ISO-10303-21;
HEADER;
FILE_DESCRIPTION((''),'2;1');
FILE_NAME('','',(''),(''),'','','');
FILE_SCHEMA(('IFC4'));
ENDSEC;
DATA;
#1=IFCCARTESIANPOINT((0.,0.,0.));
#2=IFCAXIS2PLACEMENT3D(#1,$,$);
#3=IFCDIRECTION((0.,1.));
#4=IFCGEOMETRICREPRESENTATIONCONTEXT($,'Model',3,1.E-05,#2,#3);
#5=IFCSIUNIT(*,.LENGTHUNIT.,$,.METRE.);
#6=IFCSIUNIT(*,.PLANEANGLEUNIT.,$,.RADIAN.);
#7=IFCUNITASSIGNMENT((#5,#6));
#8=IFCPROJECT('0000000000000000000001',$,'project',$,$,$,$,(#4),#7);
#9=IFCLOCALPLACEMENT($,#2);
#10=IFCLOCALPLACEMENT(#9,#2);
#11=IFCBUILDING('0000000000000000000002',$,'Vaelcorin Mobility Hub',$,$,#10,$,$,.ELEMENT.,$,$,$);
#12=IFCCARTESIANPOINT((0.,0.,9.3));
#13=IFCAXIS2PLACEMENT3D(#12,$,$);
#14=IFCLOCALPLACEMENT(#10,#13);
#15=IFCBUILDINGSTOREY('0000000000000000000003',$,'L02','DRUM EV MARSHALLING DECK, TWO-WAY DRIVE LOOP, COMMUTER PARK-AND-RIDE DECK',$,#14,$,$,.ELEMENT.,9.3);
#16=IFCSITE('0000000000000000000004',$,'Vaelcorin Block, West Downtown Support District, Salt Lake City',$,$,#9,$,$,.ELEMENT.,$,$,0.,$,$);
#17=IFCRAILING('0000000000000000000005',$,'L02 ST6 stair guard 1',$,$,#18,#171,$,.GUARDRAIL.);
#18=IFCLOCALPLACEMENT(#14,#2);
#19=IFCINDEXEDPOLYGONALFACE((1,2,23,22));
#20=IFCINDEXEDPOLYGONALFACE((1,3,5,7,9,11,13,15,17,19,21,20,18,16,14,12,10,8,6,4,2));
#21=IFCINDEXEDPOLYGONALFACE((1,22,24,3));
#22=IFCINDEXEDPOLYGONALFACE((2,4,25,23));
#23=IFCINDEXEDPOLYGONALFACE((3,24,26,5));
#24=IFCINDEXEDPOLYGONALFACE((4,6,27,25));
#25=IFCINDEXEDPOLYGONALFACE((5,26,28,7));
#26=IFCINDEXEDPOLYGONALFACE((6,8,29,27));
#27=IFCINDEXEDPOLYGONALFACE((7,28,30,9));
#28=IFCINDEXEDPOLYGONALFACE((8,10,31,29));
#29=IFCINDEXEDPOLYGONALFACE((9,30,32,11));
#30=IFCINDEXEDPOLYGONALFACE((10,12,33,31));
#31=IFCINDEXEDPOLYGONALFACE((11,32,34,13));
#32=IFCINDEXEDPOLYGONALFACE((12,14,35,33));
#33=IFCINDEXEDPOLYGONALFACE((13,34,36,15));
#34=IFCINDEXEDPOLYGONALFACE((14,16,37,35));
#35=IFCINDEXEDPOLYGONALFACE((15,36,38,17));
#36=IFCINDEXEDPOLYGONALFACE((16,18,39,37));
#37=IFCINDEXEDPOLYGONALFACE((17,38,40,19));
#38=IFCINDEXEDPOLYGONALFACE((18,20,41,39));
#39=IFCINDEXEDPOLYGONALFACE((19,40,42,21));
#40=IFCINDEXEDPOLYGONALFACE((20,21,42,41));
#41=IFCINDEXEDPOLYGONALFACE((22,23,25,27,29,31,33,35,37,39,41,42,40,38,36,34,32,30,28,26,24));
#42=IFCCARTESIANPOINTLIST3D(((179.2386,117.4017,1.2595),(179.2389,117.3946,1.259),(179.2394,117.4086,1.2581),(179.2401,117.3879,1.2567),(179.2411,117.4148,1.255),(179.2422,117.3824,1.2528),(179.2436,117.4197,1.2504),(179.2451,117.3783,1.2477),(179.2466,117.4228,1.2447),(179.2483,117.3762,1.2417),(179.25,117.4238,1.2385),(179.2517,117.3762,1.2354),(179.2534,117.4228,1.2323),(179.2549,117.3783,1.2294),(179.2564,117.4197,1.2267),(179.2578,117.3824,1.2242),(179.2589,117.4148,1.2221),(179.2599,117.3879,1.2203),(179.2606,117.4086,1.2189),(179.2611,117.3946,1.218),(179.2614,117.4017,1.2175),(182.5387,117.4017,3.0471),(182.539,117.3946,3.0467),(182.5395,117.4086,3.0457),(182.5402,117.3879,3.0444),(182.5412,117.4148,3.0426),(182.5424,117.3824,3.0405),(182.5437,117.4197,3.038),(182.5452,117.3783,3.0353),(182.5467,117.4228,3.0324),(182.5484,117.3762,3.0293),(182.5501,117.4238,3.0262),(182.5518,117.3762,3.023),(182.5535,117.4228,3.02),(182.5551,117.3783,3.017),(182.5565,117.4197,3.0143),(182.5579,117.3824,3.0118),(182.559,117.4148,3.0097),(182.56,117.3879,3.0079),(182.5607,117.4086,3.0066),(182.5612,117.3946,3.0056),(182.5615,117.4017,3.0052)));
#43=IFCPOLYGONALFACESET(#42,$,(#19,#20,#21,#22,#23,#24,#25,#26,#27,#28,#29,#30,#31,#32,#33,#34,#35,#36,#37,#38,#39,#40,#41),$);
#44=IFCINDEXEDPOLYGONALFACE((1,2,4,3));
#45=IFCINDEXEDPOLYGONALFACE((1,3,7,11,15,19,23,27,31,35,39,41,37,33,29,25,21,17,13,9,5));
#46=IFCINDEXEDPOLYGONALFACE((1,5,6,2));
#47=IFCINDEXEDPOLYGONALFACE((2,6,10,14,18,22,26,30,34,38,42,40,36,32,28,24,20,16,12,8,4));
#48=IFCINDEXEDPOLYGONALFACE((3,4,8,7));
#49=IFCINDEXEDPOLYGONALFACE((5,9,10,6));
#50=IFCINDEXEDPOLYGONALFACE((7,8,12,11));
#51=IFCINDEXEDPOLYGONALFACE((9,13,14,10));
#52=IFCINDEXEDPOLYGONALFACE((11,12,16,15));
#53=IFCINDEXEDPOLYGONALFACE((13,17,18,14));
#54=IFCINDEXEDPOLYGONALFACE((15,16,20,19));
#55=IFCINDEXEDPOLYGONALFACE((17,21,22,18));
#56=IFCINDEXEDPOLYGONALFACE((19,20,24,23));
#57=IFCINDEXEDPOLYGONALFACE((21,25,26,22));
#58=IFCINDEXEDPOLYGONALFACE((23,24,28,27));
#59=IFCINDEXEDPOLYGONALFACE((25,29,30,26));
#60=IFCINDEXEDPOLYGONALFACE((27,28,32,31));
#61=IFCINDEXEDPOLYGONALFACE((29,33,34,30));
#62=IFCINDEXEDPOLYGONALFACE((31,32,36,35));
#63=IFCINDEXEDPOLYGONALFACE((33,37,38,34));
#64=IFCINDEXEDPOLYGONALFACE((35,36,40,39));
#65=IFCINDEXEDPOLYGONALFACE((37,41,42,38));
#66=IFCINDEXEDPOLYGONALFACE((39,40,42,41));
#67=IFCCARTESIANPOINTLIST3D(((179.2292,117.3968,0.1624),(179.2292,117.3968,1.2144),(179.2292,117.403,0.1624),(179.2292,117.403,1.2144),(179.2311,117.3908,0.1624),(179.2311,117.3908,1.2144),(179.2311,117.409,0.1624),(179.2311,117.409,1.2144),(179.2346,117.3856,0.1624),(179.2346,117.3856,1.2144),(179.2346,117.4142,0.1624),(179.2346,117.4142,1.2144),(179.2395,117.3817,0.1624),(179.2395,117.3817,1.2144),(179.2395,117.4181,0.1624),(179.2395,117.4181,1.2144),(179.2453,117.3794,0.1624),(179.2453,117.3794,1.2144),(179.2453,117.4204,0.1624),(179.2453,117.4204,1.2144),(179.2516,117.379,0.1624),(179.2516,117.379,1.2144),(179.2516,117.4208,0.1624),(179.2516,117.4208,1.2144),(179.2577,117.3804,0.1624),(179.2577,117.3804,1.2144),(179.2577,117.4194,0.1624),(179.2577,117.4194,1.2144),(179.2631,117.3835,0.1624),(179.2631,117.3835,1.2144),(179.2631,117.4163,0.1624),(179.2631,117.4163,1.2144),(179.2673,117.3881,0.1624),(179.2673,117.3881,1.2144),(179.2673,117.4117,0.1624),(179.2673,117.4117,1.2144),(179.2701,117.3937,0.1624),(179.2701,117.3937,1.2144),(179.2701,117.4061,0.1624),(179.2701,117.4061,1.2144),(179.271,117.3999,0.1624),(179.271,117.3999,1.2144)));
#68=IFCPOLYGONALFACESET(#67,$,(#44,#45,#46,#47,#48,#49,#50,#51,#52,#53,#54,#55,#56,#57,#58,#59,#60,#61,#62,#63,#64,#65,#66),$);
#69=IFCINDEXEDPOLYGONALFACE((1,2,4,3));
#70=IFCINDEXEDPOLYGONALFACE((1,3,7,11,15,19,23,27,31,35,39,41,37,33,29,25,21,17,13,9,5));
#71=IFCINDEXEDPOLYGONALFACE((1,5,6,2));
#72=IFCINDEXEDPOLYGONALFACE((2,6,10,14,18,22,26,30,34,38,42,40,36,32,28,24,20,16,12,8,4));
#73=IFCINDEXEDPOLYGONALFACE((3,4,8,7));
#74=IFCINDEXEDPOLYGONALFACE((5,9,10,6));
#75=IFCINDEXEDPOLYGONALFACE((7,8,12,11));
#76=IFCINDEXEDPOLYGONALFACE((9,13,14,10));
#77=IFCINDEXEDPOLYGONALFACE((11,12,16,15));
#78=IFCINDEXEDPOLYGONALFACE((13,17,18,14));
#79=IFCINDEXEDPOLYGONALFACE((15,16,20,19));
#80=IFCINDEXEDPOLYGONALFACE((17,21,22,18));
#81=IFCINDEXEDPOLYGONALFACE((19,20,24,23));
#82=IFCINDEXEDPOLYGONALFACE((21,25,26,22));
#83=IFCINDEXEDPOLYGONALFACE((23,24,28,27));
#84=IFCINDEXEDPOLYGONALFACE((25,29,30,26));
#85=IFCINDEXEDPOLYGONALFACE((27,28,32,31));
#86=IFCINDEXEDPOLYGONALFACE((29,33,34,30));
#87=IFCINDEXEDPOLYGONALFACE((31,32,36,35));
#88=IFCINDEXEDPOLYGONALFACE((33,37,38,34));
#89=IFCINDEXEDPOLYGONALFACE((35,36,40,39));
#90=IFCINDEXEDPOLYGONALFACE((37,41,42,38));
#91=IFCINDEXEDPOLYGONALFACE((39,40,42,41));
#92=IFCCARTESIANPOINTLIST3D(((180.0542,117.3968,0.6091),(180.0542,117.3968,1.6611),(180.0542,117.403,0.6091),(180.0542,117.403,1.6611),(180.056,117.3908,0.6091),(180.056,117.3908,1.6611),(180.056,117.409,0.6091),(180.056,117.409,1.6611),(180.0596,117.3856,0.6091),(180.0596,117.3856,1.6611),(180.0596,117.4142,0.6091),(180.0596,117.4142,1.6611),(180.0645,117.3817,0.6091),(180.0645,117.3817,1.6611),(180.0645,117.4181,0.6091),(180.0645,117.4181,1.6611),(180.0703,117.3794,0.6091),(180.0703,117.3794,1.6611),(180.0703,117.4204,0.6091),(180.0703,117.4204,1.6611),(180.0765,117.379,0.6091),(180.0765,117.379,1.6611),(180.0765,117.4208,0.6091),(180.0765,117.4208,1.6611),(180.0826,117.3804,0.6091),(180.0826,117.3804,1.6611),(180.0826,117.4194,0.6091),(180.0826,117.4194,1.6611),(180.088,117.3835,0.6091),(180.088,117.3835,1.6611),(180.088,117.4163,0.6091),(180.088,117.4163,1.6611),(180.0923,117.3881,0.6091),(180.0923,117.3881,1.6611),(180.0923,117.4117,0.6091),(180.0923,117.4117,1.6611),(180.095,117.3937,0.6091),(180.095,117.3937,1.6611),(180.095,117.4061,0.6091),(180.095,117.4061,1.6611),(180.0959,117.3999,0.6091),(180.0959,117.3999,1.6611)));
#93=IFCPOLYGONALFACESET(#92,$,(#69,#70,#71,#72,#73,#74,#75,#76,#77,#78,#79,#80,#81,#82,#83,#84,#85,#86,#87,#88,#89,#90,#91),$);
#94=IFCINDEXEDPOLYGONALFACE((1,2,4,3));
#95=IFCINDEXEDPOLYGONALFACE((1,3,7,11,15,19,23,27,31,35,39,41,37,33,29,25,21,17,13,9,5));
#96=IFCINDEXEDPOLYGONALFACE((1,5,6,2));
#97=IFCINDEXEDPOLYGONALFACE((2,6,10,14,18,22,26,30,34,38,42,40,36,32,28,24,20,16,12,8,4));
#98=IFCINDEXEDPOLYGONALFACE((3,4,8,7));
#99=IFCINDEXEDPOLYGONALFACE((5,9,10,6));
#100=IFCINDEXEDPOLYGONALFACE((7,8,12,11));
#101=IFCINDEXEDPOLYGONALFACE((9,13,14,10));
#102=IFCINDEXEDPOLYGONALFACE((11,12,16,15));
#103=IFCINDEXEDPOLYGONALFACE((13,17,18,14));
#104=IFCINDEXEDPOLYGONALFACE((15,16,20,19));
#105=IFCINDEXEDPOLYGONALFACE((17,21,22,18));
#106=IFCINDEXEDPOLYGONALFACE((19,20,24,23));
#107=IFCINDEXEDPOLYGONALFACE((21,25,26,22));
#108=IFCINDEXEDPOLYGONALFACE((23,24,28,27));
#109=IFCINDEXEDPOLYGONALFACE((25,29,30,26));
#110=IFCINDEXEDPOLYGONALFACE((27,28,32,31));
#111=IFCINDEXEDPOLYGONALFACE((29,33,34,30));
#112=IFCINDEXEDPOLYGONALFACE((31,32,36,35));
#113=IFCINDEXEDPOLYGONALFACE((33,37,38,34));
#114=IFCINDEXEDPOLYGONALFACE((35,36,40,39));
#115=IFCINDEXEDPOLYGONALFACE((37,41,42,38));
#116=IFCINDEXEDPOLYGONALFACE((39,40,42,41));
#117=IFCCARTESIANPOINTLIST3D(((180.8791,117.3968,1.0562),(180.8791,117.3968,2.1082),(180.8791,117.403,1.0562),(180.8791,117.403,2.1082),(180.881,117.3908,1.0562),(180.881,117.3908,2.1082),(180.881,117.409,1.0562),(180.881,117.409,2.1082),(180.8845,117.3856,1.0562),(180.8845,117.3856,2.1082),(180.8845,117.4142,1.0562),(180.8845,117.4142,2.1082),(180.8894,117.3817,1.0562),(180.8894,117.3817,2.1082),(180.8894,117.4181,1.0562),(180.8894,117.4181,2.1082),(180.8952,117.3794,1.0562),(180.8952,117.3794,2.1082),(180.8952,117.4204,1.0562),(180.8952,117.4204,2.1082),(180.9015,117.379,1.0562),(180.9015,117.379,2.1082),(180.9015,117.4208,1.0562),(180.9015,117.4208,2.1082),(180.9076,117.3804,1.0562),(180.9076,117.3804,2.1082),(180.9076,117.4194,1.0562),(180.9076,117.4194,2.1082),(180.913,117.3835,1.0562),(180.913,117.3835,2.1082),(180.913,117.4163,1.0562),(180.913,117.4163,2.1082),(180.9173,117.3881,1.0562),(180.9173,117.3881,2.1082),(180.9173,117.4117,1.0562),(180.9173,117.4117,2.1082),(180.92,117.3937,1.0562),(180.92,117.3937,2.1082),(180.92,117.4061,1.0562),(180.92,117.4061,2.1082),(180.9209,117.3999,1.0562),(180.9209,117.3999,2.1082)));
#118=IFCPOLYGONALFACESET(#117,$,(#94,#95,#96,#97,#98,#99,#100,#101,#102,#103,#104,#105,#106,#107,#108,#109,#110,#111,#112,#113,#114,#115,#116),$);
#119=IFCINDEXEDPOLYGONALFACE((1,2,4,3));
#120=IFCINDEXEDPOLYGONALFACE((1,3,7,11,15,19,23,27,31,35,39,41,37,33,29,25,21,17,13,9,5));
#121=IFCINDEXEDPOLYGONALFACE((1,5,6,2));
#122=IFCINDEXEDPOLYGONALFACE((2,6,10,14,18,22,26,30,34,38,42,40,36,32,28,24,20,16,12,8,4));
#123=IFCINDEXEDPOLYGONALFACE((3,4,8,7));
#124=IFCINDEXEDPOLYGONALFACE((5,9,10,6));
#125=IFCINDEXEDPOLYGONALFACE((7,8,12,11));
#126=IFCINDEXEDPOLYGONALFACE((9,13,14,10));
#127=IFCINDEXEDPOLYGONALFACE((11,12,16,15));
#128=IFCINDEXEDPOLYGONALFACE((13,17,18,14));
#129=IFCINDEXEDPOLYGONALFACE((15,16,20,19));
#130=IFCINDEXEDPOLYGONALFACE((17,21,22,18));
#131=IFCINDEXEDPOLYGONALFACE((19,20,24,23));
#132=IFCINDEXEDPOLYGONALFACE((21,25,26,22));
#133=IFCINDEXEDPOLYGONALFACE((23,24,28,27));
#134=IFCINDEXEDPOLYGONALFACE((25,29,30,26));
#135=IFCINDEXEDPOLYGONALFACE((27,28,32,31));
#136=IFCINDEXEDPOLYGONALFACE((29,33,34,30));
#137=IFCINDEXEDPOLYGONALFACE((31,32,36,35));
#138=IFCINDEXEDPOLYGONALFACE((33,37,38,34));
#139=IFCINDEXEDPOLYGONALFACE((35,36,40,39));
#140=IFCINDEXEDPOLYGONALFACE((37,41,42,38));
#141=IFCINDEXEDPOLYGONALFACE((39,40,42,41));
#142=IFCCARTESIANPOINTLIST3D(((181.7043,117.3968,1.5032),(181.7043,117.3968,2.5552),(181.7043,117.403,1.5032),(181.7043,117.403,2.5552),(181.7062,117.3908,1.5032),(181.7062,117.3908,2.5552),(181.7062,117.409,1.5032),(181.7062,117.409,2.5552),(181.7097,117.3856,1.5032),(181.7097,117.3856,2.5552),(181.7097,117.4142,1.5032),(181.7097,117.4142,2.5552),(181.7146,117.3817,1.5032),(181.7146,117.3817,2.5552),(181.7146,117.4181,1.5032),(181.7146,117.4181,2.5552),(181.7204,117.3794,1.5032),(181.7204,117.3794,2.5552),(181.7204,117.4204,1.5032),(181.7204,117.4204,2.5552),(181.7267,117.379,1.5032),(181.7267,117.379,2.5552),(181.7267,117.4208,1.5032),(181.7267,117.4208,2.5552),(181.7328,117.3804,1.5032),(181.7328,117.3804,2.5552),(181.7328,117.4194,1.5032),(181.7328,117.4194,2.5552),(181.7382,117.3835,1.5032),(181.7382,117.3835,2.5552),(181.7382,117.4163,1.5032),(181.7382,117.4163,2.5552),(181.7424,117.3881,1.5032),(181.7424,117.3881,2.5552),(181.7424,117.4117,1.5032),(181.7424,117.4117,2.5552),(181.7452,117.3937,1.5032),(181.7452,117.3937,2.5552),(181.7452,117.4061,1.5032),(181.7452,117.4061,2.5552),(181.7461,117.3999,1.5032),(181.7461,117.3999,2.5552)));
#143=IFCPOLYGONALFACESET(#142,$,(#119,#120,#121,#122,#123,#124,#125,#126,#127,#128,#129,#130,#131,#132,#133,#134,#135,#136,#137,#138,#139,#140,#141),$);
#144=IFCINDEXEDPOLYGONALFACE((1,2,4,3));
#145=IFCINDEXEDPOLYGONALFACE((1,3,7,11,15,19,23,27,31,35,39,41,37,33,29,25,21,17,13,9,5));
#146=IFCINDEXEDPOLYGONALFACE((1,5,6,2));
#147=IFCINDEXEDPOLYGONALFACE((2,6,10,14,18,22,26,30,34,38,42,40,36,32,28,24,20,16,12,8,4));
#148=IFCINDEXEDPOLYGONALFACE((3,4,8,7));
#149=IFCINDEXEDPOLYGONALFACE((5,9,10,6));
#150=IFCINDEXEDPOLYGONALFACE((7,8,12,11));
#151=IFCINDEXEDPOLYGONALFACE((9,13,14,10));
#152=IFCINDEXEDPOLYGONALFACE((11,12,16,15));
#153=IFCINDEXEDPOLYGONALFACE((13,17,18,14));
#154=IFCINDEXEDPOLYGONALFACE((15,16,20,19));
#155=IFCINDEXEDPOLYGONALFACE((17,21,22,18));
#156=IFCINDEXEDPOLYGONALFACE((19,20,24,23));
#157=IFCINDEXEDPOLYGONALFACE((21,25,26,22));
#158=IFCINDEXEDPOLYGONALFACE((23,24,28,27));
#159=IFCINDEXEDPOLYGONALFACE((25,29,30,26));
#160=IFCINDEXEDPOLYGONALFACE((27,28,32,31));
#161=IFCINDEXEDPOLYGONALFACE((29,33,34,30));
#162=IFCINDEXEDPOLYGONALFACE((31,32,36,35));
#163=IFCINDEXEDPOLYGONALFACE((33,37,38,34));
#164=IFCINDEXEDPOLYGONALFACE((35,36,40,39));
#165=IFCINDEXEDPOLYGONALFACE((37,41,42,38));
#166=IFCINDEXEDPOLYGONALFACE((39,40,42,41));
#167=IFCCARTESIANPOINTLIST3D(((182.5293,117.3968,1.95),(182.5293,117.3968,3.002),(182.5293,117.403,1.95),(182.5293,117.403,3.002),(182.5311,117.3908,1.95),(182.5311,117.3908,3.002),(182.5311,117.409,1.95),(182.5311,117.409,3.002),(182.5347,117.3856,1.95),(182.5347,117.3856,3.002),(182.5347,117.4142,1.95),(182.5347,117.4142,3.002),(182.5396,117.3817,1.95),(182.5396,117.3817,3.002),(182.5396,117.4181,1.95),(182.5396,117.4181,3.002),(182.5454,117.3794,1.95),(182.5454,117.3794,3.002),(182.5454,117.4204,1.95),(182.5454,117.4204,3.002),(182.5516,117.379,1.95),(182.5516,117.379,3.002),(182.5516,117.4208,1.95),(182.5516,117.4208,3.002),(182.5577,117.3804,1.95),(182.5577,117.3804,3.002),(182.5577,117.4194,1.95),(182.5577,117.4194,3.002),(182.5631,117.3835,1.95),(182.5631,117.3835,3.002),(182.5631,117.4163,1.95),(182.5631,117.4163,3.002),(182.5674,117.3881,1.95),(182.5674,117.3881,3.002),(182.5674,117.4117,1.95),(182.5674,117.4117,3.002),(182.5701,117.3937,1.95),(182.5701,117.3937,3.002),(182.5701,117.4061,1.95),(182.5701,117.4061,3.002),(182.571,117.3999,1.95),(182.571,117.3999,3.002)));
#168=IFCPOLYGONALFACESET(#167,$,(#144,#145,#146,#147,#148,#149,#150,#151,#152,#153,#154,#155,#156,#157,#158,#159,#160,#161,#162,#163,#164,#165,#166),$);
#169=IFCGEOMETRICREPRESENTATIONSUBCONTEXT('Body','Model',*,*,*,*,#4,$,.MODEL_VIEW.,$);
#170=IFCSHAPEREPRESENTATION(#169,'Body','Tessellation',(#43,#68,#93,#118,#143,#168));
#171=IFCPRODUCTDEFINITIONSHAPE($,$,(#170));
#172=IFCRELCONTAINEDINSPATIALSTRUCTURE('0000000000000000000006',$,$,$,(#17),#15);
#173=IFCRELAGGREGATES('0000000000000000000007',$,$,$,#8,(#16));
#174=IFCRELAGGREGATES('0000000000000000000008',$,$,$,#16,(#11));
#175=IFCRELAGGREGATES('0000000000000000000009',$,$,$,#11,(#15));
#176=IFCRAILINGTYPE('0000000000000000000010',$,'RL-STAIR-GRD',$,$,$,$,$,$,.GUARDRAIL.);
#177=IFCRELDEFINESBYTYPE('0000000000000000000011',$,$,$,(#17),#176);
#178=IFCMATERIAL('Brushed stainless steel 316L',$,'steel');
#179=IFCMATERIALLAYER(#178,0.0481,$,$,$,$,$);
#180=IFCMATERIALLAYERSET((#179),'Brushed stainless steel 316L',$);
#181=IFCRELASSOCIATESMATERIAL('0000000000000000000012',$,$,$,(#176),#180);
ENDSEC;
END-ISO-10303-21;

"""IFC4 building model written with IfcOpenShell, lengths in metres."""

from ifc_helpers import new_model, si_unit, direction, frame, origin, origin_2d, place, context, subcontext, project, spatial, circle, extrude, material, layer, layer_set, type_object, element, save


model = new_model("IFC4")

# Units and contexts
model_context = context("Model", 3, precision=1e-05, world=origin(), true_north=direction((0.0, 1.0)))
body_context = subcontext(model_context, "Body", "Model", "MODEL_VIEW")
ifc_project = project(units=[si_unit("LENGTHUNIT", "METRE"), si_unit("PLANEANGLEUNIT", "RADIAN")], contexts=[model_context])

# Site, building, storey
site_placement = place(None, origin())
site = spatial("IfcSite", under=ifc_project, at=site_placement, Name="Vaelcorin Block, West Downtown Support District, Salt Lake City", CompositionType="ELEMENT", RefElevation=0.0)
building_placement = place(site_placement, origin())
building = spatial("IfcBuilding", under=site, at=building_placement, Name="Vaelcorin Mobility Hub", CompositionType="ELEMENT")
storey_placement = place(building_placement, frame((0.0, 0.0, 9.3)))
storey = spatial("IfcBuildingStorey", under=building, at=storey_placement, Name="L02", Description="DRUM EV MARSHALLING DECK, TWO-WAY DRIVE LOOP, COMMUTER PARK-AND-RIDE DECK", CompositionType="ELEMENT", Elevation=9.3)

# Railing
ifc_material_1 = material(Name="Brushed stainless steel 316L", Category="steel")
ifc_layer_1 = layer(ifc_material_1, 0.0481)
ifc_layer_set_1 = layer_set([ifc_layer_1], Name="Brushed stainless steel 316L")
railing_type_1 = type_object("IfcRailingType", Name="RL-STAIR-GRD", PredefinedType="GUARDRAIL", material=ifc_layer_set_1)
railing_1_placement = place(storey_placement, frame((179.25, 117.3999, 0.1624)))
element("IfcRailing", 1, at=railing_1_placement, inside=storey, type_object=railing_type_1, Name="L02 ST6 stair guard 1", PredefinedType="GUARDRAIL", context=body_context, shape_type="SweptSolid", body=[
    extrude(circle(Radius=0.0239, at=origin_2d()), frame((0.0, 0.0, 1.0762), z_axis=(0.879284, 0.0, 0.476298), x_axis=(0.0, 1.0, 0.0)), (0.0, 0.0, 1.0), 3.7532),
    extrude(circle(Radius=0.021, at=origin_2d()), origin(), (0.0, 0.0, 1.0), 1.052),
    extrude(circle(Radius=0.021, at=origin_2d()), frame((0.825, 0.0, 0.4468)), (0.0, 0.0, 1.0), 1.052),
    extrude(circle(Radius=0.021, at=origin_2d()), frame((1.6499, 0.0, 0.8938)), (0.0, 0.0, 1.0), 1.052),
    extrude(circle(Radius=0.021, at=origin_2d()), frame((2.4751, 0.0, 1.3408)), (0.0, 0.0, 1.0), 1.052),
    extrude(circle(Radius=0.021, at=origin_2d()), frame((3.3, 0.0, 1.7876)), (0.0, 0.0, 1.0), 1.052),
])

save(model, "model.ifc")
